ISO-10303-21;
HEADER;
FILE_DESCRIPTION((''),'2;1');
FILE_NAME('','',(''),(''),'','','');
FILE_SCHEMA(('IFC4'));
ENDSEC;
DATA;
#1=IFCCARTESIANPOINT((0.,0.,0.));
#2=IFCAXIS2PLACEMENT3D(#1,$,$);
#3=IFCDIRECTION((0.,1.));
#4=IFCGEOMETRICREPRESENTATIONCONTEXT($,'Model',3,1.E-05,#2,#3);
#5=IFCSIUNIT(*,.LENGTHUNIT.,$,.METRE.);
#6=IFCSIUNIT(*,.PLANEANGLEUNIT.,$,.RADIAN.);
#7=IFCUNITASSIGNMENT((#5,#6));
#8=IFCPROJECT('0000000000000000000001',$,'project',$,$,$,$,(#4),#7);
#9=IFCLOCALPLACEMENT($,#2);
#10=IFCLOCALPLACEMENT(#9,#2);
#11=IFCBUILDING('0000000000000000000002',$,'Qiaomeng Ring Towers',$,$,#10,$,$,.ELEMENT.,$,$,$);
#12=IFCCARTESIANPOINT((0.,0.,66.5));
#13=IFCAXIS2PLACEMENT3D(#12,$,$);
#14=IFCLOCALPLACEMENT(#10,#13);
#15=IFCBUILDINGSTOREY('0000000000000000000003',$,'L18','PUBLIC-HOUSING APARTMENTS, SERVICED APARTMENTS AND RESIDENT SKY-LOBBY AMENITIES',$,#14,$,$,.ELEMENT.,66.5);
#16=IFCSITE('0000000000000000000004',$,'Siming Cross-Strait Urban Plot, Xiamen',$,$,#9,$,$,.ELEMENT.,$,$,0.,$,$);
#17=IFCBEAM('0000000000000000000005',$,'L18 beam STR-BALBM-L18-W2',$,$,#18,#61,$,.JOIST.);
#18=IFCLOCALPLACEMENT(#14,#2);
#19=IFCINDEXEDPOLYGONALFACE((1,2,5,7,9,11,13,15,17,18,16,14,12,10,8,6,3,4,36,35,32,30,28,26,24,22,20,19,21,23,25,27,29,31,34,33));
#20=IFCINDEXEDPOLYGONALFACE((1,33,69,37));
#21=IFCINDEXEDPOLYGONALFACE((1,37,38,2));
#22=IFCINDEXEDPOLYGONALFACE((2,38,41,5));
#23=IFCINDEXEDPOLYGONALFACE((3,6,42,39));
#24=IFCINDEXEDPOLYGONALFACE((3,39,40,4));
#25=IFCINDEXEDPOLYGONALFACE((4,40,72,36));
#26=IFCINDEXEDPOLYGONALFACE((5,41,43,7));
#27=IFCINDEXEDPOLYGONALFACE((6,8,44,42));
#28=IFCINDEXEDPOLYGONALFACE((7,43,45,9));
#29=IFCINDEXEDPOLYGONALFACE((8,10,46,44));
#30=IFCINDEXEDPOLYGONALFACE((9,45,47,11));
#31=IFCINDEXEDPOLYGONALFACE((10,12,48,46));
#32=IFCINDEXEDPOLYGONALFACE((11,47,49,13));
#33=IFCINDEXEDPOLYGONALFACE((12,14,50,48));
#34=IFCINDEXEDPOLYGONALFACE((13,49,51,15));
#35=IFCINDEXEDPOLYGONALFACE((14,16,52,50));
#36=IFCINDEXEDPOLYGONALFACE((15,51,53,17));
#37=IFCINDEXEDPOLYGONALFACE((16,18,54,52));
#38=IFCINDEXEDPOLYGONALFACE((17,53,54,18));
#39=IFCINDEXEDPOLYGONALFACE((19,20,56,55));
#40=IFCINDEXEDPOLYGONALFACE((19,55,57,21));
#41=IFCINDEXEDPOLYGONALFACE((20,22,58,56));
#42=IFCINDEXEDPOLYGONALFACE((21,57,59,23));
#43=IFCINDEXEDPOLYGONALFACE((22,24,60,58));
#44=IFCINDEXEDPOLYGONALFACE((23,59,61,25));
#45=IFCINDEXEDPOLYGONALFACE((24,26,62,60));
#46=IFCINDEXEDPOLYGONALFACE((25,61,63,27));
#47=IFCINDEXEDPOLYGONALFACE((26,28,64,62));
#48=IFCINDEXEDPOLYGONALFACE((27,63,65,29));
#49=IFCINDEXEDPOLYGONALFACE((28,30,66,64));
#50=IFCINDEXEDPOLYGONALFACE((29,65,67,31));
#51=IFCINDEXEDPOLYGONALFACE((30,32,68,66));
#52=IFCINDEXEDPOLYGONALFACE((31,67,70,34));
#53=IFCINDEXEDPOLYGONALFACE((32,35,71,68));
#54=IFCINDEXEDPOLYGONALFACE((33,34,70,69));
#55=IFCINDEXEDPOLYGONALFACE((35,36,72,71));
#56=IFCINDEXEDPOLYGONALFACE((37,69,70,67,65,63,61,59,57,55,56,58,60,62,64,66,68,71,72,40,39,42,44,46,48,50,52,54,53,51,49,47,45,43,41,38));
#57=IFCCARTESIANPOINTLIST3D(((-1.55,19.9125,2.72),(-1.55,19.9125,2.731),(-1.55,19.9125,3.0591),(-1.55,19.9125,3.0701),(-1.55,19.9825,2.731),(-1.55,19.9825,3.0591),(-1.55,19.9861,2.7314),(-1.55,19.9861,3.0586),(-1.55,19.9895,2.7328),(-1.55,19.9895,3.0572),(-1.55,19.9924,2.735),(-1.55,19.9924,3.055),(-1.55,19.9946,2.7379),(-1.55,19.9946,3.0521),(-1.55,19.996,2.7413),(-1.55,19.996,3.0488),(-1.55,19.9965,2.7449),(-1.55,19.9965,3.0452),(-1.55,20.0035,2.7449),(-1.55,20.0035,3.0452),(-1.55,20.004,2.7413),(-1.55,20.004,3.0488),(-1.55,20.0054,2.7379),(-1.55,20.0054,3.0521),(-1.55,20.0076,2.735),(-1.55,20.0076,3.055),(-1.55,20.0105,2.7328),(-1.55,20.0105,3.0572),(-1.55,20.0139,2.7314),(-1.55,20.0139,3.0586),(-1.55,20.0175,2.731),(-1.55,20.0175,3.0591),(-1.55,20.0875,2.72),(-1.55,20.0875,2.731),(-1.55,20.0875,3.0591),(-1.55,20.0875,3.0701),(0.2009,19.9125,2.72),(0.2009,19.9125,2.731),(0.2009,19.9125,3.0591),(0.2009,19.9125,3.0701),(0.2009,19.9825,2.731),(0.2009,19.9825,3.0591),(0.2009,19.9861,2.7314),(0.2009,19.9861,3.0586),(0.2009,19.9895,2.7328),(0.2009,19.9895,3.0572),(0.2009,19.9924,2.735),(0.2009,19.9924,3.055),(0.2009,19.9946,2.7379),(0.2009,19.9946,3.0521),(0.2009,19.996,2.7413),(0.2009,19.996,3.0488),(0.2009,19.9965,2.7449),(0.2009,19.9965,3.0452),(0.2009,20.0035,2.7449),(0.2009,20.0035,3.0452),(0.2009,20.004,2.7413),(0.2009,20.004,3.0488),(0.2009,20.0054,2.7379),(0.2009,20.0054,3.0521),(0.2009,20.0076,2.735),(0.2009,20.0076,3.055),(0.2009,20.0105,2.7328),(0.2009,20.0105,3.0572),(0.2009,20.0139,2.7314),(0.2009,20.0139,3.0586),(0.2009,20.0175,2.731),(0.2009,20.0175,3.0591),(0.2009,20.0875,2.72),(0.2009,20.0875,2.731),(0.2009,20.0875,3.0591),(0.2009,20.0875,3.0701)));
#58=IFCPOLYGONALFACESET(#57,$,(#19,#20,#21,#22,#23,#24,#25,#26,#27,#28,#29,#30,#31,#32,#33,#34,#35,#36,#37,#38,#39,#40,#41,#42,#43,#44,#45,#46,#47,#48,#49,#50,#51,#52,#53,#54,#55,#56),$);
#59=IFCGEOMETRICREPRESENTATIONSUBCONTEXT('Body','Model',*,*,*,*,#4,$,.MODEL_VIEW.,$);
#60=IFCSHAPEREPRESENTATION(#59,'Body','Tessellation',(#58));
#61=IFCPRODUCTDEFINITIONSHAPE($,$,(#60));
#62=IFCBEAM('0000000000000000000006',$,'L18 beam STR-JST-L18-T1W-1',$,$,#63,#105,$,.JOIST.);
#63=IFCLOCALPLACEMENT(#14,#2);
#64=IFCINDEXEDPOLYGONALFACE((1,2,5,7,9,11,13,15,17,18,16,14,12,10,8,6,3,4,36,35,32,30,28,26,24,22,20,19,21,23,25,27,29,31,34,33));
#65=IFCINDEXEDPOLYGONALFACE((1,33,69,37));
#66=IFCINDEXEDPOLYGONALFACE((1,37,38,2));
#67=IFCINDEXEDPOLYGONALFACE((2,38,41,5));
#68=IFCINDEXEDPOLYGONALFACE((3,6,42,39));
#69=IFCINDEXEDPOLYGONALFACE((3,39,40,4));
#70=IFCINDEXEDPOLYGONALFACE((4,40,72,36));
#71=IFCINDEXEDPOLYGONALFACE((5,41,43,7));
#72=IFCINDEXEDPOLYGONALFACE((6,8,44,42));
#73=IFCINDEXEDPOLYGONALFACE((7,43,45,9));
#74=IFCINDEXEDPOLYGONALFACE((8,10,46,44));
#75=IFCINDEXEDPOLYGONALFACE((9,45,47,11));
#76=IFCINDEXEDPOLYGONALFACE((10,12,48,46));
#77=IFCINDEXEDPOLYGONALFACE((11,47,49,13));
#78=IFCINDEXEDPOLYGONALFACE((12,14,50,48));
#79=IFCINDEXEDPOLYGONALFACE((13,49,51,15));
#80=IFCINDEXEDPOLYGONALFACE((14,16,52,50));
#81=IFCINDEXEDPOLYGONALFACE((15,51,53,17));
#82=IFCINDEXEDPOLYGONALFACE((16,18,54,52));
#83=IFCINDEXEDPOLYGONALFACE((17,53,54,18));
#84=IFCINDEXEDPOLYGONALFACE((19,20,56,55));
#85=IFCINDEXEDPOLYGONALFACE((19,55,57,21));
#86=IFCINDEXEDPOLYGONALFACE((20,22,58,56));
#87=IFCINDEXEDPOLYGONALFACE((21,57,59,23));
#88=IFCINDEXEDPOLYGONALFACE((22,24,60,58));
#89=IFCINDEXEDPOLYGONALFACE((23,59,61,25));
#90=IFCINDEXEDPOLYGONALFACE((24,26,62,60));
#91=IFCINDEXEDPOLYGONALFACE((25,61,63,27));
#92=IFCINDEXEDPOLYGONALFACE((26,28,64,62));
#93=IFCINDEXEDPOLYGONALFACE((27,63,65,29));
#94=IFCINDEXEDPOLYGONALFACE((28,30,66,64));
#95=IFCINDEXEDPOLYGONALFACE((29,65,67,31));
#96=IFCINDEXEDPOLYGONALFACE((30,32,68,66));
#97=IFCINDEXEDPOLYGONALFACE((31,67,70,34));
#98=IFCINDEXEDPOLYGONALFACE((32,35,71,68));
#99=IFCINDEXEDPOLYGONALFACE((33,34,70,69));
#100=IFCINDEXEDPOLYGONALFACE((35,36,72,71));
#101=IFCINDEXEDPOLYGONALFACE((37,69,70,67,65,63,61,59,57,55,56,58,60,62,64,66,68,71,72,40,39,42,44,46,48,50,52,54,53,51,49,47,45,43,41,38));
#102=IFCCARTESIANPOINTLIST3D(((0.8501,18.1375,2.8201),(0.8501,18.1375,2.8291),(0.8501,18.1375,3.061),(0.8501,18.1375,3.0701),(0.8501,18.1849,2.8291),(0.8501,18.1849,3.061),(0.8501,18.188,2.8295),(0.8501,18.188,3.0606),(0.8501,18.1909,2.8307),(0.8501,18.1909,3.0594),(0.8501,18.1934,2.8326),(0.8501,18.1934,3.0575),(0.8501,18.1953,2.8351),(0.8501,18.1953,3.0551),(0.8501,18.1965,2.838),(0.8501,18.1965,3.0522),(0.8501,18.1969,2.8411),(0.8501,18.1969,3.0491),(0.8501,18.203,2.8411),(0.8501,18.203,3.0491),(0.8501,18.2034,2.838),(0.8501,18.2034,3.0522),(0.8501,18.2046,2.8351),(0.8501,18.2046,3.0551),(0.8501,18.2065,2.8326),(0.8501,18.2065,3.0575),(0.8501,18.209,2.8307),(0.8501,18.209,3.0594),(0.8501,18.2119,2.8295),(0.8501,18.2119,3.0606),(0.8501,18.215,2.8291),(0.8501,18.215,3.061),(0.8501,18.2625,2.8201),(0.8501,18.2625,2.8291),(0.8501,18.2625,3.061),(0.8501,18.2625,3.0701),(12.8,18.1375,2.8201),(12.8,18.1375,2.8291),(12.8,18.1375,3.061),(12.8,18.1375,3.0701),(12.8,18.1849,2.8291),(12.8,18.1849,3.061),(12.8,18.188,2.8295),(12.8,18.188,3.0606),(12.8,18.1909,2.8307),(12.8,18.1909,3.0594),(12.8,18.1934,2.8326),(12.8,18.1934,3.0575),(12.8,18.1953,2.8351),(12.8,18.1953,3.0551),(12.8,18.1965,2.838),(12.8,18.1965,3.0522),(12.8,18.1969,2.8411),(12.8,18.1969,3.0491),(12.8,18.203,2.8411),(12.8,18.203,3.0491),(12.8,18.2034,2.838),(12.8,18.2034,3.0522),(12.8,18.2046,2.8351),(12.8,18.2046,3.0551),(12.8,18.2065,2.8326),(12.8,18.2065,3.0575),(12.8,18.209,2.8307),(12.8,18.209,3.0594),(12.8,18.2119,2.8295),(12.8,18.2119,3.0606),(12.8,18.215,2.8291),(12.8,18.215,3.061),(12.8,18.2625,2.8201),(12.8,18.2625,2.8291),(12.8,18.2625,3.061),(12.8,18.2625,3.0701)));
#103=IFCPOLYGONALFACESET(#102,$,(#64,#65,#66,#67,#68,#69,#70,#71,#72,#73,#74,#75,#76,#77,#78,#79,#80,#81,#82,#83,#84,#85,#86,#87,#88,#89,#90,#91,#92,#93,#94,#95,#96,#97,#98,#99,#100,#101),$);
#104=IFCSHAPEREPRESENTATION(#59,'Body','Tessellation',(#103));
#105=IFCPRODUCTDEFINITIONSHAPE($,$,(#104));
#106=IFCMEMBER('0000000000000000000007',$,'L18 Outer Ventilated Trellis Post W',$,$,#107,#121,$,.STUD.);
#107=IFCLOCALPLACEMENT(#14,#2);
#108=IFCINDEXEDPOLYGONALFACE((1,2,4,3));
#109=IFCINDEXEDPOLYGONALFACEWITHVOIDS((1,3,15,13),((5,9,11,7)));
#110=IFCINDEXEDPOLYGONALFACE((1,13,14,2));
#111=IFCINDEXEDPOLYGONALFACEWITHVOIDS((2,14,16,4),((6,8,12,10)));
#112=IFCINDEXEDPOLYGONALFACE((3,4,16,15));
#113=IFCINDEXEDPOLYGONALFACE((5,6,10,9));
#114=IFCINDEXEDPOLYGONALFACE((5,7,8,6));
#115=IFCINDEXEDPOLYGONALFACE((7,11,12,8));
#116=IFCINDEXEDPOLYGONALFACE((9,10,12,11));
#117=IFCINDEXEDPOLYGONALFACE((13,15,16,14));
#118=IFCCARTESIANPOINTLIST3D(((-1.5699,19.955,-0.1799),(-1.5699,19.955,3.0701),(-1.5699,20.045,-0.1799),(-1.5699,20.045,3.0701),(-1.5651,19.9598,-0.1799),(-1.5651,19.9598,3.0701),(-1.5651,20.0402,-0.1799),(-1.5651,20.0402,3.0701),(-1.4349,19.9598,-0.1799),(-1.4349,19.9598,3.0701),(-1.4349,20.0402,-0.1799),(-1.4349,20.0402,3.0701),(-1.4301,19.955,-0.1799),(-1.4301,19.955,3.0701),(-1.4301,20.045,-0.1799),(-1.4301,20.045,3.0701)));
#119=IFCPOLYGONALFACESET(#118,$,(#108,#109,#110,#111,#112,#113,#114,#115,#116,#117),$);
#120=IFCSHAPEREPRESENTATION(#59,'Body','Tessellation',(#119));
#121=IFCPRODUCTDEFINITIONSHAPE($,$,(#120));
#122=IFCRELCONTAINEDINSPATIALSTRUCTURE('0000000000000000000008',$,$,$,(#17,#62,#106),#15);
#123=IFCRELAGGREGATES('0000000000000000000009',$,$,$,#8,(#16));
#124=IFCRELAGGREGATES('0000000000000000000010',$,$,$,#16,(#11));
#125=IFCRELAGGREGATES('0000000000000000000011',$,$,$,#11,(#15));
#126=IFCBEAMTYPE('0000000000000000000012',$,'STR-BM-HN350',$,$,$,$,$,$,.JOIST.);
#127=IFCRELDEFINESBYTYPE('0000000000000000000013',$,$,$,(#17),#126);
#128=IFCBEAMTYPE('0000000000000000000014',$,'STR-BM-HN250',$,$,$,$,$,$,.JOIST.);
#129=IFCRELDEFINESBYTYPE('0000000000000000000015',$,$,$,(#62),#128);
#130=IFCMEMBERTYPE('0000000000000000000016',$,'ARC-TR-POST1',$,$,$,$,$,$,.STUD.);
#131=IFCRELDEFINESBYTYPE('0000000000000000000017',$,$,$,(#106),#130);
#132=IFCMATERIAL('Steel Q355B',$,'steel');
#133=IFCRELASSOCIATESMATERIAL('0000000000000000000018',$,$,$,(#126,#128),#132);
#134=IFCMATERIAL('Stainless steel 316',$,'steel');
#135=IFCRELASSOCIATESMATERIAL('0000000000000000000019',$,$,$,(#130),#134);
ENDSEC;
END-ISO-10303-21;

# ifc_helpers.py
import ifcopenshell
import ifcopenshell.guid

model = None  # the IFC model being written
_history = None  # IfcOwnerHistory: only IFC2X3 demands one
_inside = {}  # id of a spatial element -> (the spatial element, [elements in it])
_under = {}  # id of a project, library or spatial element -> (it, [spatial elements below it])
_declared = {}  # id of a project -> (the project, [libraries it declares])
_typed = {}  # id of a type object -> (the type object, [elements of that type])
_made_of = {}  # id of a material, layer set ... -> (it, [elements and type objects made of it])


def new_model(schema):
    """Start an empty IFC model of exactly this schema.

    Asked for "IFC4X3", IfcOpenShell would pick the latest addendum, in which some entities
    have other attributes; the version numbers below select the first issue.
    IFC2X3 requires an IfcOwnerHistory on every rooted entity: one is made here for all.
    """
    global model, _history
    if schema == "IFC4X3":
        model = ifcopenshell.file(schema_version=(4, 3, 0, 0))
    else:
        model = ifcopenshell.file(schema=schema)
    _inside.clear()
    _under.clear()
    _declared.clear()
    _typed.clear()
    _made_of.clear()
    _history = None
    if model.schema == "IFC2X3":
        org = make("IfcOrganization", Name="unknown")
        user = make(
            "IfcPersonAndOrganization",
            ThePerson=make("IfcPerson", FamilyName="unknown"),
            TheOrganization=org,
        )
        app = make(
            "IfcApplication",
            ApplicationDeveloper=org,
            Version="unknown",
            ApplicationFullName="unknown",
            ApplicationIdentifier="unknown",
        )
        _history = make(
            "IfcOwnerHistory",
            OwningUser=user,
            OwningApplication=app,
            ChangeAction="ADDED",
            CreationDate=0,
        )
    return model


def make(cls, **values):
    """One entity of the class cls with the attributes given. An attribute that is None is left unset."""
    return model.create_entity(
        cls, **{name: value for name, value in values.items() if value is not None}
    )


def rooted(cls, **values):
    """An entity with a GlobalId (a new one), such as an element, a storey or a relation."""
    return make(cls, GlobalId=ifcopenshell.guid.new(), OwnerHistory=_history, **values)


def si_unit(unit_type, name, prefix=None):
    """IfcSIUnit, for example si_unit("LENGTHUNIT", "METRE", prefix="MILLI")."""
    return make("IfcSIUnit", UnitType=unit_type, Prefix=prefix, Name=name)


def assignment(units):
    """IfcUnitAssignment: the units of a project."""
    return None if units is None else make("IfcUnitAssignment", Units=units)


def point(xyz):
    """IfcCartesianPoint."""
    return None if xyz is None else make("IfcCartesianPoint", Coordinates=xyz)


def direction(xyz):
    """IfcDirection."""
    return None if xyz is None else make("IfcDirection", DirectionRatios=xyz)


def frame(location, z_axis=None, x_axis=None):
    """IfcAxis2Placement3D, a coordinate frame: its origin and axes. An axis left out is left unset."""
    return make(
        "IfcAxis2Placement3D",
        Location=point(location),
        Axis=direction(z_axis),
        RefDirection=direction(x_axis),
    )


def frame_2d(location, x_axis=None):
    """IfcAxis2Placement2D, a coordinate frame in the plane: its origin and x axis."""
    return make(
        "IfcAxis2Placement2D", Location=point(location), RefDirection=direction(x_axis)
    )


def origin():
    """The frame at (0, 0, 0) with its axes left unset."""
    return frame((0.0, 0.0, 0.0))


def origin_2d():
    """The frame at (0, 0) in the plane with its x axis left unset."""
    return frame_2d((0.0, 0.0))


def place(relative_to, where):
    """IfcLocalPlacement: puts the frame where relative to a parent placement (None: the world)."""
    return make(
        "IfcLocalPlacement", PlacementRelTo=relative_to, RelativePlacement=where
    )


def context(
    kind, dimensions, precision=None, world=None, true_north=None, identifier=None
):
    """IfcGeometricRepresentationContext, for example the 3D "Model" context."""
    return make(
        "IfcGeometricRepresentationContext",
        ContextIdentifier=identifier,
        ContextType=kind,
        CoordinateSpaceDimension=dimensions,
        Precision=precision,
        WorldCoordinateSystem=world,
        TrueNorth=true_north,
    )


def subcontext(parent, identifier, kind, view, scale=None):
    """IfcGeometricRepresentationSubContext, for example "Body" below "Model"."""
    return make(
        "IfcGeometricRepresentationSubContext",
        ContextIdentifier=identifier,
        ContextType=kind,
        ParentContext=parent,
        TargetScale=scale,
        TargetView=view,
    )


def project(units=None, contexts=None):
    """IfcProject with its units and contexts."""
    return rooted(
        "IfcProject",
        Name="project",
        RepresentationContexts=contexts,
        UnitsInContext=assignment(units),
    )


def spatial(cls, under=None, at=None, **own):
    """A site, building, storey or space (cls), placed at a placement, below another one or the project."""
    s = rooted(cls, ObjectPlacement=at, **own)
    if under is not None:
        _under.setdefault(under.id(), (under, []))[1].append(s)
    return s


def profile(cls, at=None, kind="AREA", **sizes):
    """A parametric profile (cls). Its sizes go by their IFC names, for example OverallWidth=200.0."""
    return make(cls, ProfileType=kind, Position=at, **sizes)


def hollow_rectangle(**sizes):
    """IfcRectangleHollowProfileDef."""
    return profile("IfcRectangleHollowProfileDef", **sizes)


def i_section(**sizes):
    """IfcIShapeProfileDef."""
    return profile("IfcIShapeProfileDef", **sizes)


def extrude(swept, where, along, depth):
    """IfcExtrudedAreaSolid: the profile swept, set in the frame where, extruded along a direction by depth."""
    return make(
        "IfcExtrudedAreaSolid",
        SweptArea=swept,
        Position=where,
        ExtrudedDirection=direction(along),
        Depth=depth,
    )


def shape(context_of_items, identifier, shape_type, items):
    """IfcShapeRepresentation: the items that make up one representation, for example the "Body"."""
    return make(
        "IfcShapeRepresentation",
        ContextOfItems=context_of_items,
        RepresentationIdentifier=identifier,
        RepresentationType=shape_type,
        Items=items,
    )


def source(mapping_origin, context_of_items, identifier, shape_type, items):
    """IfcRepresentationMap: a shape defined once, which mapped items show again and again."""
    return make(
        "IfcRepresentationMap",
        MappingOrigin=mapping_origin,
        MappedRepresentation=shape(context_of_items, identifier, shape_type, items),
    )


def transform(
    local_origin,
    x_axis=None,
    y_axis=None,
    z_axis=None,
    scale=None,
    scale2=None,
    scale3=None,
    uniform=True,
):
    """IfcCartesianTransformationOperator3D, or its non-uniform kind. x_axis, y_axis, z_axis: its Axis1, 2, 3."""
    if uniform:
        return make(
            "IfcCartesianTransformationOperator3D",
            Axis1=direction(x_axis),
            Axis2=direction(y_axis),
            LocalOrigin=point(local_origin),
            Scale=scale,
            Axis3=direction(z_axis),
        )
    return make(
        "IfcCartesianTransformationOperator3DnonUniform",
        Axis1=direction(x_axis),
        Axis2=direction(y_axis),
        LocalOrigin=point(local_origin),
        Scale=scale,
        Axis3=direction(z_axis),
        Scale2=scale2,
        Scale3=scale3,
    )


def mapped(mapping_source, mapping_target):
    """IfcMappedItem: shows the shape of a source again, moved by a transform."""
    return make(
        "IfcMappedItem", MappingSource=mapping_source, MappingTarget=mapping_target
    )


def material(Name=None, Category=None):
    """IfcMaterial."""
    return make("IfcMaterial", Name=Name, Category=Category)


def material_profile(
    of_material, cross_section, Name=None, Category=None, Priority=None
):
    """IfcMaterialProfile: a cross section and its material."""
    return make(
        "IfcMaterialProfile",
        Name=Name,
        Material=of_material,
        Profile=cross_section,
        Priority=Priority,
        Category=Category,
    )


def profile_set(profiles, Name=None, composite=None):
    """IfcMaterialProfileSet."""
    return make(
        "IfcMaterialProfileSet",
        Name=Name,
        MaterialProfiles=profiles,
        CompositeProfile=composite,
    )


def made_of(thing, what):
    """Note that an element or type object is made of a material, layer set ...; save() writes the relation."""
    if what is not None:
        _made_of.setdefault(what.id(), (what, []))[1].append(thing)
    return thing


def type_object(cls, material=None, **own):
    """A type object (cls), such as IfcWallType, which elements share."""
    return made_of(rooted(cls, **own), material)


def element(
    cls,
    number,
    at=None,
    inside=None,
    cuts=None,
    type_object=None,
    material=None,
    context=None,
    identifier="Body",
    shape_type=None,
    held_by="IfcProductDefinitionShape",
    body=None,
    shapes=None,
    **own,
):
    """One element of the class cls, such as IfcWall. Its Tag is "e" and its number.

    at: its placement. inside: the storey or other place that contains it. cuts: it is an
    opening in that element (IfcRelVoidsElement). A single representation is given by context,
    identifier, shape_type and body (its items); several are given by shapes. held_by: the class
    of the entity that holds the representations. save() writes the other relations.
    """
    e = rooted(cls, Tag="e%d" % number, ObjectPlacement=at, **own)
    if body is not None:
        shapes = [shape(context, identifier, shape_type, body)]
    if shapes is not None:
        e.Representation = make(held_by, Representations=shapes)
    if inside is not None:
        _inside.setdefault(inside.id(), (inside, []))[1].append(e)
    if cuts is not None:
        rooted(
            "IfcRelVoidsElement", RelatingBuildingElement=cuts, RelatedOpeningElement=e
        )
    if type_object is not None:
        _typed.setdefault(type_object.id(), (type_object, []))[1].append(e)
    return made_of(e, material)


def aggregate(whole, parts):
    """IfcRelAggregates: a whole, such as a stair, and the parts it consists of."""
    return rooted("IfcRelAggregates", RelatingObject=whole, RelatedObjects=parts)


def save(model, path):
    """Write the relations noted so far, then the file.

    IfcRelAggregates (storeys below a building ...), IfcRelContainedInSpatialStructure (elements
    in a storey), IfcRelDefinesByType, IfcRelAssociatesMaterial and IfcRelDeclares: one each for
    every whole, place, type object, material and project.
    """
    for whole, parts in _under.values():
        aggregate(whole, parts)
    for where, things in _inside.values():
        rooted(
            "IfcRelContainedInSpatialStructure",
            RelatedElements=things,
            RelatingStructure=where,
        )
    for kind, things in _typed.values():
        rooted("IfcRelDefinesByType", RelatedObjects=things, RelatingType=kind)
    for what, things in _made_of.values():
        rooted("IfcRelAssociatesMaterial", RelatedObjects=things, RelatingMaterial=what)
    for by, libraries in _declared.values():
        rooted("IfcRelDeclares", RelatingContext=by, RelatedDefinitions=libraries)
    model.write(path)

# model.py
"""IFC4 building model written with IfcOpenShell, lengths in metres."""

from ifc_helpers import new_model, si_unit, direction, frame, origin, origin_2d, place, context, subcontext, project, spatial, hollow_rectangle, i_section, extrude, source, transform, mapped, material, material_profile, profile_set, type_object, element, save


model = new_model("IFC4")

# Units and contexts
model_context = context("Model", 3, precision=1e-05, world=origin(), true_north=direction((0.0, 1.0)))
body_context = subcontext(model_context, "Body", "Model", "MODEL_VIEW")
ifc_project = project(units=[si_unit("LENGTHUNIT", "METRE"), si_unit("PLANEANGLEUNIT", "RADIAN")], contexts=[model_context])

# Site, building, storey
site_placement = place(None, origin())
site = spatial("IfcSite", under=ifc_project, at=site_placement, Name="Siming Cross-Strait Urban Plot, Xiamen", CompositionType="ELEMENT", RefElevation=0.0)
building_placement = place(site_placement, origin())
building = spatial("IfcBuilding", under=site, at=building_placement, Name="Qiaomeng Ring Towers", CompositionType="ELEMENT")
storey_placement = place(building_placement, frame((0.0, 0.0, 66.5)))
storey = spatial("IfcBuildingStorey", under=building, at=storey_placement, Name="L18", Description="PUBLIC-HOUSING APARTMENTS, SERVICED APARTMENTS AND RESIDENT SKY-LOBBY AMENITIES", CompositionType="ELEMENT", Elevation=66.5)

# Beams
ifc_material_1 = material(Name="Steel Q355B", Category="steel")
ifc_material_profile_1 = material_profile(ifc_material_1, i_section(OverallWidth=0.175, OverallDepth=0.3501, WebThickness=0.0071, FlangeThickness=0.011, FilletRadius=0.0139, at=origin_2d()), Name="HN 350x175x7x11")
ifc_profile_set_1 = profile_set([ifc_material_profile_1], Name="Steel Q355B")
beam_type_1 = type_object("IfcBeamType", Name="STR-BM-HN350", PredefinedType="JOIST", material=ifc_profile_set_1)
shared_shape_1 = source(origin(), body_context, "Body", "SweptSolid", [
    extrude(i_section(OverallWidth=0.175, OverallDepth=0.3501, WebThickness=0.0071, FlangeThickness=0.011, FilletRadius=0.0139, at=origin_2d()), origin(), (0.0, 0.0, 1.0), 1.751),
])
beam_1_placement = place(storey_placement, frame((-1.55, 20.0, 2.895), z_axis=(1.0, 0.0, 0.0), x_axis=(0.0, 1.0, 0.0)))
element("IfcBeam", 1, at=beam_1_placement, inside=storey, type_object=beam_type_1, Name="L18 beam STR-BALBM-L18-W2", PredefinedType="JOIST", context=body_context, shape_type="MappedRepresentation", body=[
    mapped(shared_shape_1, transform((0.0, 0.0, 0.0), x_axis=(1.0, 0.0, 0.0), y_axis=(0.0, 1.0, 0.0), z_axis=(0.0, 0.0, 1.0), scale=1.0)),
])
ifc_material_profile_2 = material_profile(ifc_material_1, i_section(OverallWidth=0.125, OverallDepth=0.25, WebThickness=0.0061, FlangeThickness=0.009, FilletRadius=0.012, at=origin_2d()), Name="HN 250x125x6x9")
ifc_profile_set_2 = profile_set([ifc_material_profile_2], Name="Steel Q355B")
beam_type_2 = type_object("IfcBeamType", Name="STR-BM-HN250", PredefinedType="JOIST", material=ifc_profile_set_2)
shared_shape_2 = source(origin(), body_context, "Body", "SweptSolid", [
    extrude(i_section(OverallWidth=0.125, OverallDepth=0.25, WebThickness=0.0061, FlangeThickness=0.009, FilletRadius=0.012, at=origin_2d()), origin(), (0.0, 0.0, 1.0), 11.95),
])
beam_2_placement = place(storey_placement, frame((0.8501, 18.2, 2.9451), z_axis=(1.0, 0.0, 0.0), x_axis=(0.0, 1.0, 0.0)))
element("IfcBeam", 2, at=beam_2_placement, inside=storey, type_object=beam_type_2, Name="L18 beam STR-JST-L18-T1W-1", PredefinedType="JOIST", context=body_context, shape_type="MappedRepresentation", body=[
    mapped(shared_shape_2, transform((0.0, 0.0, 0.0), x_axis=(1.0, 0.0, 0.0), y_axis=(0.0, 1.0, 0.0), z_axis=(0.0, 0.0, 1.0), scale=1.0)),
])

# Member
ifc_material_2 = material(Name="Stainless steel 316", Category="steel")
ifc_material_profile_3 = material_profile(ifc_material_2, hollow_rectangle(XDim=0.0901, YDim=0.1399, WallThickness=0.0049, at=origin_2d()), Name="SS TRELLIS 90x140")
ifc_profile_set_3 = profile_set([ifc_material_profile_3], Name="Stainless steel 316")
member_type = type_object("IfcMemberType", Name="ARC-TR-POST1", PredefinedType="STUD", material=ifc_profile_set_3)
shared_shape_3 = source(origin(), body_context, "Body", "SweptSolid", [
    extrude(hollow_rectangle(XDim=0.0901, YDim=0.1399, WallThickness=0.0049, at=origin_2d()), origin(), (0.0, 0.0, 1.0), 3.25),
])
member_placement = place(storey_placement, frame((-1.5, 20.0, -0.1799), z_axis=(0.0, 0.0, 1.0), x_axis=(0.0, 1.0, 0.0)))
element("IfcMember", 3, at=member_placement, inside=storey, type_object=member_type, Name="L18 Outer Ventilated Trellis Post W", PredefinedType="STUD", context=body_context, shape_type="MappedRepresentation", body=[
    mapped(shared_shape_3, transform((0.0, 0.0, 0.0), x_axis=(1.0, 0.0, 0.0), y_axis=(0.0, 1.0, 0.0), z_axis=(0.0, 0.0, 1.0), scale=1.0)),
])

save(model, "model.ifc")
